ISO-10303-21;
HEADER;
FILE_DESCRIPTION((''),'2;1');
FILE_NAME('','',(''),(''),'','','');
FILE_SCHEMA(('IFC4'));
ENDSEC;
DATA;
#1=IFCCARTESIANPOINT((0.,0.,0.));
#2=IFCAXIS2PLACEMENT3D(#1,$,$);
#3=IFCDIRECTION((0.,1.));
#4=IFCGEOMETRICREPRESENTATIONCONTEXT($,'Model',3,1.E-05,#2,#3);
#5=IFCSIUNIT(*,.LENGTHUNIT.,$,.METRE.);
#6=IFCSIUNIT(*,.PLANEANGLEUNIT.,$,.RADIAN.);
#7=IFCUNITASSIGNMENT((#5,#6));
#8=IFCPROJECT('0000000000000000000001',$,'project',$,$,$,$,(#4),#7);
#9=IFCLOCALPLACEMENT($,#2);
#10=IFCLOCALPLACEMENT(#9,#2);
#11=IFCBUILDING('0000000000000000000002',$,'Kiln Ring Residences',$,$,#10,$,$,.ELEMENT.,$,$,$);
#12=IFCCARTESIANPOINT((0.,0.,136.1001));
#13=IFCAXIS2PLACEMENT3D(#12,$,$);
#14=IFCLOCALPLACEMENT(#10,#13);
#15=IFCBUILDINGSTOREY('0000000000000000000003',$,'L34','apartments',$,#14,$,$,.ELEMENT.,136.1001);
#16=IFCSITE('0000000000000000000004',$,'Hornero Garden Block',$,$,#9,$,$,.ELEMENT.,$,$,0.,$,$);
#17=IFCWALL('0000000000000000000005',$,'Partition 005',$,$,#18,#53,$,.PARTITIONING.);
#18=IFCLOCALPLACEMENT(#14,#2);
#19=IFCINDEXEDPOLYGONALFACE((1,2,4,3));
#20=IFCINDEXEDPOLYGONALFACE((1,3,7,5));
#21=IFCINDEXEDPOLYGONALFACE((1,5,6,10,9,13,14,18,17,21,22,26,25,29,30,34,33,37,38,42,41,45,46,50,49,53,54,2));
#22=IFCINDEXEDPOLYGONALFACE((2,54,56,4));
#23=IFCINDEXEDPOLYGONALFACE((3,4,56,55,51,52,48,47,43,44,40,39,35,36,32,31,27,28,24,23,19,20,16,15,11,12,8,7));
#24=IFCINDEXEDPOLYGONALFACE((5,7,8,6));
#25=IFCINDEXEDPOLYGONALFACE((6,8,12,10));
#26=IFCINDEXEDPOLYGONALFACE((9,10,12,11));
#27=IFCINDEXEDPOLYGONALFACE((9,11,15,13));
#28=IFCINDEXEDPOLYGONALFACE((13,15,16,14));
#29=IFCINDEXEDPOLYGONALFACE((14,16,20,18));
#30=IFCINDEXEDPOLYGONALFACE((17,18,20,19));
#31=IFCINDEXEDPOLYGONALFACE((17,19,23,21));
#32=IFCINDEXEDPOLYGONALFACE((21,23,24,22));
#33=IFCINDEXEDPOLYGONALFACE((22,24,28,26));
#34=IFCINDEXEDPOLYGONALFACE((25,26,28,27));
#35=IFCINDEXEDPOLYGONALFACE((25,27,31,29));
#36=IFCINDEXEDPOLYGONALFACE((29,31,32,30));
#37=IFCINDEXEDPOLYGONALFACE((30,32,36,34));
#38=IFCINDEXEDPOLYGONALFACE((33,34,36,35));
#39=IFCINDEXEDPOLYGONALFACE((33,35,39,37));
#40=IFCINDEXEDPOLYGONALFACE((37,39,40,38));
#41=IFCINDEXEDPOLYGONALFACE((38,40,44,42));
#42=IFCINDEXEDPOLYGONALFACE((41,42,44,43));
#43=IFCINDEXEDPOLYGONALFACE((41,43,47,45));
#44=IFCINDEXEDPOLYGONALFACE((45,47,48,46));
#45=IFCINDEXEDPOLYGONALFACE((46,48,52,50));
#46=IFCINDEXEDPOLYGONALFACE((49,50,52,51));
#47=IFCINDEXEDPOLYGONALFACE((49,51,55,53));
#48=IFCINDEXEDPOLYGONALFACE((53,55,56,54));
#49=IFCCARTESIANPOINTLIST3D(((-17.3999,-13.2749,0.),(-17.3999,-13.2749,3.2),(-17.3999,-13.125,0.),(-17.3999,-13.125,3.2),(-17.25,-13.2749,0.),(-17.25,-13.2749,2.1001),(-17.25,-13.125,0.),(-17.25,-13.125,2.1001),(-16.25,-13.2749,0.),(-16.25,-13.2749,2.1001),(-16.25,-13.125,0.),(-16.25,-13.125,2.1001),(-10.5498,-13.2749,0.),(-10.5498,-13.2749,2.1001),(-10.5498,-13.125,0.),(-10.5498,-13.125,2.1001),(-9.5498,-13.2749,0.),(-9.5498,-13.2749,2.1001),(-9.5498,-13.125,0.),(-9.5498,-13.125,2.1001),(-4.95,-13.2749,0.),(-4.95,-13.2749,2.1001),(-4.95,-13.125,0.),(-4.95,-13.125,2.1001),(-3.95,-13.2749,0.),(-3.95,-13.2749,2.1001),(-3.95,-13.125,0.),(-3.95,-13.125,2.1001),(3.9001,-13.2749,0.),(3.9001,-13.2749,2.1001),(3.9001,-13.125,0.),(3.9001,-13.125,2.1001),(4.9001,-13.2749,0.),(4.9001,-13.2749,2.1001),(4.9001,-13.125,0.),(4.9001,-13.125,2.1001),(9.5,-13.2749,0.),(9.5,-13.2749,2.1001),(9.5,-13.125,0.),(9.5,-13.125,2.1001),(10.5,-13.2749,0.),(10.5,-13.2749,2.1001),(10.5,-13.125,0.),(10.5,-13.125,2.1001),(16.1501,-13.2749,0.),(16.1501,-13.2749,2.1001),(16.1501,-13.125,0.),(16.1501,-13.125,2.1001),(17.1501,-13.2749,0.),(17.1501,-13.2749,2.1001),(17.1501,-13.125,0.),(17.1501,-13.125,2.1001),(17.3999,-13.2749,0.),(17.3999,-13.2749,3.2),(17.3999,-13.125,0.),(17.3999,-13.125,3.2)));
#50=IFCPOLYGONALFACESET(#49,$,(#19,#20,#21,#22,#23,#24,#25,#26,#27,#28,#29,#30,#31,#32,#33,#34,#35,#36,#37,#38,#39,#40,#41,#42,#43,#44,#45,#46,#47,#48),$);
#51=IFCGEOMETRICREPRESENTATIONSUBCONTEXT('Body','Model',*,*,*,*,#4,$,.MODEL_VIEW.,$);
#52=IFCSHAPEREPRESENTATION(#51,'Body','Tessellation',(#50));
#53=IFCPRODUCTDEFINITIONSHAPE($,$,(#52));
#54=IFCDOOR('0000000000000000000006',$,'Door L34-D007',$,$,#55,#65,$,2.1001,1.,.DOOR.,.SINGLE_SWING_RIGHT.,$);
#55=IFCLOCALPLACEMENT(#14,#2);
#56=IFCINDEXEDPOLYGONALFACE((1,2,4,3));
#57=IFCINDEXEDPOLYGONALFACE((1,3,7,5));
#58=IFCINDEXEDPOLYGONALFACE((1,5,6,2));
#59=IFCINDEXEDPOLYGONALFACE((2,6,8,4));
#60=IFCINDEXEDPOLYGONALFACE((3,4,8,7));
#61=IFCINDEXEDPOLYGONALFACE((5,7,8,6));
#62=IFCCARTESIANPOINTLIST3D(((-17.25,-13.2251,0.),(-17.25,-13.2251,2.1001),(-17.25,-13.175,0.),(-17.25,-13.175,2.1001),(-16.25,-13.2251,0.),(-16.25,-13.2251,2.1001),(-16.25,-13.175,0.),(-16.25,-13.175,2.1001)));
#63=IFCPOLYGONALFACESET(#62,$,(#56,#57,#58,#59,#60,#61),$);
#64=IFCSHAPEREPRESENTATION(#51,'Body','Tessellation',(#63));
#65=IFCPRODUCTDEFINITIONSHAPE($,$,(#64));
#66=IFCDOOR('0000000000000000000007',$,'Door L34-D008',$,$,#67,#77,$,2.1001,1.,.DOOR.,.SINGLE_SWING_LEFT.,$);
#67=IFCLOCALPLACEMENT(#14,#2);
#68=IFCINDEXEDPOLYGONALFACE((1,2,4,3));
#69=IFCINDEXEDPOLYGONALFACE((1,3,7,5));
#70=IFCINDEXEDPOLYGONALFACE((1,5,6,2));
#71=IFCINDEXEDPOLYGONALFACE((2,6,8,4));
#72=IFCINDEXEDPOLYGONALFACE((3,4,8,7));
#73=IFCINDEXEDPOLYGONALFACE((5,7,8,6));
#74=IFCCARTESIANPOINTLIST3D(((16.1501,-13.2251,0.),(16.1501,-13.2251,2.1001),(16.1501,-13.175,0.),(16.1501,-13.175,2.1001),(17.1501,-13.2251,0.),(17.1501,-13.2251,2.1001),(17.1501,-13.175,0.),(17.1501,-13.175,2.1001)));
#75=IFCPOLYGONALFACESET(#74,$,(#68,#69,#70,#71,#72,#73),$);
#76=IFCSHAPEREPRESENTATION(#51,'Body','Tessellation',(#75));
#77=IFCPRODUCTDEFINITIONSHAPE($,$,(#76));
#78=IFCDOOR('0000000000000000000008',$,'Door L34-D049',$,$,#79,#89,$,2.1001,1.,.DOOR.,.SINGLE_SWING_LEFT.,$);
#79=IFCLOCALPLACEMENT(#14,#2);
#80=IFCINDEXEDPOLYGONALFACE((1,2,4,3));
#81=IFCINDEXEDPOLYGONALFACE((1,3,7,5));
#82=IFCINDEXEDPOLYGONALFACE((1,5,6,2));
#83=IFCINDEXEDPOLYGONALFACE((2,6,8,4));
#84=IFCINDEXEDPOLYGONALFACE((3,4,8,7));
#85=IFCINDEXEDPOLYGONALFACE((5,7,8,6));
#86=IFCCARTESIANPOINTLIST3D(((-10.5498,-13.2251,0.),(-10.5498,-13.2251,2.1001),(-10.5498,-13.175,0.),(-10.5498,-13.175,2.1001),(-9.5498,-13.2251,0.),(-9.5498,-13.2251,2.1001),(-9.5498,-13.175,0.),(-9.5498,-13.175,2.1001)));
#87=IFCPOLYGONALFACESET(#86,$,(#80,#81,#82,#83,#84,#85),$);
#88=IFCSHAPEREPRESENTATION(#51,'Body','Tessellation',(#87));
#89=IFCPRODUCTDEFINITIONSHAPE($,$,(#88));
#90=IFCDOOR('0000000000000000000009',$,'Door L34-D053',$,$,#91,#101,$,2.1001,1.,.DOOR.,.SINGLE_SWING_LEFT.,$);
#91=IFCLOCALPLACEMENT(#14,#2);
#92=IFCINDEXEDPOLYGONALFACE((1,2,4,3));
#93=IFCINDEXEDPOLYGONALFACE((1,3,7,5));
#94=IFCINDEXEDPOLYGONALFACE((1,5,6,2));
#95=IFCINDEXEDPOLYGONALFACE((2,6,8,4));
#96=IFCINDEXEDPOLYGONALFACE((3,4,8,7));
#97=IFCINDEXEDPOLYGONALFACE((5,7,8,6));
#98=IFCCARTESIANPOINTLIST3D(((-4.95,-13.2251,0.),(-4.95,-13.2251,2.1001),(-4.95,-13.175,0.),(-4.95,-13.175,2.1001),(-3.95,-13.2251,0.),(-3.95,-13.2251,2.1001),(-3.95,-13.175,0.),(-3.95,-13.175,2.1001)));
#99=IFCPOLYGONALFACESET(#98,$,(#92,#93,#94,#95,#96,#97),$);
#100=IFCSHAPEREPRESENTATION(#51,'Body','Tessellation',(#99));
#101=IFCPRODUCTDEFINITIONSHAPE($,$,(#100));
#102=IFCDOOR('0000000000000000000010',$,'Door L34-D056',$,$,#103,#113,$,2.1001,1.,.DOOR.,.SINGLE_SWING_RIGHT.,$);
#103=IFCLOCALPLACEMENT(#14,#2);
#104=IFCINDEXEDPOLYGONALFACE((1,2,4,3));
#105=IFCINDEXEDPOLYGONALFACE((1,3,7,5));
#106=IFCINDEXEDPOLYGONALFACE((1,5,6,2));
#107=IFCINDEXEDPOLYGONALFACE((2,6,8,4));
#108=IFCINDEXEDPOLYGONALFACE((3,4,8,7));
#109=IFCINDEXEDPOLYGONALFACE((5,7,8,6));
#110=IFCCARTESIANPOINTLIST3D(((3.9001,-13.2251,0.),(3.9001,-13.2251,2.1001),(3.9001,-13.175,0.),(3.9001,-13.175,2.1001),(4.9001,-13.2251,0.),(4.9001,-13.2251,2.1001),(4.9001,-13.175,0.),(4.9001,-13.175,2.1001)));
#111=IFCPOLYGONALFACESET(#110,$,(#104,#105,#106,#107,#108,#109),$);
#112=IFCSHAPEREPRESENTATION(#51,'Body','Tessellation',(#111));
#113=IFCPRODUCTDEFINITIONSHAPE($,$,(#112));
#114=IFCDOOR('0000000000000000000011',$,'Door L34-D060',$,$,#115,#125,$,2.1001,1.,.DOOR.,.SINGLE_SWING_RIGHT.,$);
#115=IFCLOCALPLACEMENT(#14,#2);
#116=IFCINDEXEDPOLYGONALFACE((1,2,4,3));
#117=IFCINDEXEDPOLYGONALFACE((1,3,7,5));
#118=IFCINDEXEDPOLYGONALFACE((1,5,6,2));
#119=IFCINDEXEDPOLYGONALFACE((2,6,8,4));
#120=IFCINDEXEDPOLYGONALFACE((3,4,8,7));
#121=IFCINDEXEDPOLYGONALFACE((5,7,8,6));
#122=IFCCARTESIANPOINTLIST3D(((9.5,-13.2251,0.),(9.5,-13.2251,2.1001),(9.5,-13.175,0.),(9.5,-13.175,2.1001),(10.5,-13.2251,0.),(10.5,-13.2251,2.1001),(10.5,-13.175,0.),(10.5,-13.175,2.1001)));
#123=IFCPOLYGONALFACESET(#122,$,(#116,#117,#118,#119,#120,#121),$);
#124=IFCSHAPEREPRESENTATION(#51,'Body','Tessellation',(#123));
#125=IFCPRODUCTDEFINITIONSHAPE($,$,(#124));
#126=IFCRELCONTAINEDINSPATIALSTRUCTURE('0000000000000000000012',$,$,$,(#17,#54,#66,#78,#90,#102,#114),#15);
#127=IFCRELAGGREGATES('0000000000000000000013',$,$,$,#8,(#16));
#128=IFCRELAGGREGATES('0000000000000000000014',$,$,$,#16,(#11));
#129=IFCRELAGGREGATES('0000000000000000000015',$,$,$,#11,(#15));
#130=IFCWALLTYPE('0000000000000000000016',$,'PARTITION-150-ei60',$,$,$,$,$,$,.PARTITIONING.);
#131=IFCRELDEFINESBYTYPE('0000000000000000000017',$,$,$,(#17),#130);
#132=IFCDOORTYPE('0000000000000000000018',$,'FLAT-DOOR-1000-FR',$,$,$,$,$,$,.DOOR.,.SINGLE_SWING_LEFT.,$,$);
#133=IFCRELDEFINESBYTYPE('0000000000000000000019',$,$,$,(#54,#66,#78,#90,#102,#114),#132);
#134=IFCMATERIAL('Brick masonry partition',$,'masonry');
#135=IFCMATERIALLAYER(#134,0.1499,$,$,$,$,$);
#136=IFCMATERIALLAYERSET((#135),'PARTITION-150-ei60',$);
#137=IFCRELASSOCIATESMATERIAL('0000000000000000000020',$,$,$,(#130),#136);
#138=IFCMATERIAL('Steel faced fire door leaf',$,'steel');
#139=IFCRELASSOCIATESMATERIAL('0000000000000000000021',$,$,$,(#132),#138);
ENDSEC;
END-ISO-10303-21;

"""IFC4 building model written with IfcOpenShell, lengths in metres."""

from ifc_helpers import new_model, si_unit, direction, frame, frame_2d, origin, place, context, subcontext, project, spatial, rectangle, extrude, material, layer, layer_set, type_object, element, fill, save


model = new_model("IFC4")

# Units and contexts
model_context = context("Model", 3, precision=1e-05, world=origin(), true_north=direction((0.0, 1.0)))
body_context = subcontext(model_context, "Body", "Model", "MODEL_VIEW")
ifc_project = project(units=[si_unit("LENGTHUNIT", "METRE"), si_unit("PLANEANGLEUNIT", "RADIAN")], contexts=[model_context])

# Site, building, storey
site_placement = place(None, origin())
site = spatial("IfcSite", under=ifc_project, at=site_placement, Name="Hornero Garden Block", CompositionType="ELEMENT", RefElevation=0.0)
building_placement = place(site_placement, origin())
building = spatial("IfcBuilding", under=site, at=building_placement, Name="Kiln Ring Residences", CompositionType="ELEMENT")
storey_placement = place(building_placement, frame((0.0, 0.0, 136.1001)))
storey = spatial("IfcBuildingStorey", under=building, at=storey_placement, Name="L34", Description="apartments", CompositionType="ELEMENT", Elevation=136.1001)

# Wall, openings, doors
ifc_material_1 = material(Name="Brick masonry partition", Category="masonry")
ifc_layer_1 = layer(ifc_material_1, 0.1499)
ifc_layer_set_1 = layer_set([ifc_layer_1], Name="PARTITION-150-ei60")
wall_type_1 = type_object("IfcWallType", Name="PARTITION-150-ei60", PredefinedType="PARTITIONING", material=ifc_layer_set_1)
wall_1_placement = place(storey_placement, frame((-17.3999, -13.2, 0.0), z_axis=(0.0, 0.0, 1.0), x_axis=(1.0, 0.0, 0.0)))
wall_1 = element("IfcWall", 1, at=wall_1_placement, inside=storey, type_object=wall_type_1, Name="Partition 005", PredefinedType="PARTITIONING", context=body_context, shape_type="SweptSolid", body=[
    extrude(rectangle(XDim=34.7998, YDim=0.1499, at=frame_2d((17.3999, 0.0))), origin(), (0.0, 0.0, 1.0), 3.2),
])
opening_1_placement = place(wall_1_placement, frame((0.1499, 0.0, 0.0)))
opening_1 = element("IfcOpeningElement", 2, at=opening_1_placement, cuts=wall_1, PredefinedType="OPENING", context=body_context, shape_type="SweptSolid", body=[
    extrude(rectangle(XDim=1.0, YDim=2.1001, at=frame_2d((0.5, 1.05))), frame((0.0, 0.085, 0.0), z_axis=(0.0, -1.0, 0.0), x_axis=(1.0, 0.0, 0.0)), (0.0, 0.0, 1.0), 0.1699),
])
opening_2_placement = place(wall_1_placement, frame((33.55, 0.0, 0.0)))
opening_2 = element("IfcOpeningElement", 3, at=opening_2_placement, cuts=wall_1, PredefinedType="OPENING", context=body_context, shape_type="SweptSolid", body=[
    extrude(rectangle(XDim=1.0, YDim=2.1001, at=frame_2d((0.5, 1.05))), frame((0.0, 0.085, 0.0), z_axis=(0.0, -1.0, 0.0), x_axis=(1.0, 0.0, 0.0)), (0.0, 0.0, 1.0), 0.1699),
])
opening_3_placement = place(wall_1_placement, frame((6.8501, 0.0, 0.0)))
opening_3 = element("IfcOpeningElement", 4, at=opening_3_placement, cuts=wall_1, PredefinedType="OPENING", context=body_context, shape_type="SweptSolid", body=[
    extrude(rectangle(XDim=1.0, YDim=2.1001, at=frame_2d((0.5, 1.05))), frame((0.0, 0.085, 0.0), z_axis=(0.0, -1.0, 0.0), x_axis=(1.0, 0.0, 0.0)), (0.0, 0.0, 1.0), 0.1699),
])
opening_4_placement = place(wall_1_placement, frame((12.45, 0.0, 0.0)))
opening_4 = element("IfcOpeningElement", 5, at=opening_4_placement, cuts=wall_1, PredefinedType="OPENING", context=body_context, shape_type="SweptSolid", body=[
    extrude(rectangle(XDim=1.0, YDim=2.1001, at=frame_2d((0.5, 1.05))), frame((0.0, 0.085, 0.0), z_axis=(0.0, -1.0, 0.0), x_axis=(1.0, 0.0, 0.0)), (0.0, 0.0, 1.0), 0.1699),
])
opening_5_placement = place(wall_1_placement, frame((21.3, 0.0, 0.0)))
opening_5 = element("IfcOpeningElement", 6, at=opening_5_placement, cuts=wall_1, PredefinedType="OPENING", context=body_context, shape_type="SweptSolid", body=[
    extrude(rectangle(XDim=1.0, YDim=2.1001, at=frame_2d((0.5, 1.05))), frame((0.0, 0.085, 0.0), z_axis=(0.0, -1.0, 0.0), x_axis=(1.0, 0.0, 0.0)), (0.0, 0.0, 1.0), 0.1699),
])
opening_6_placement = place(wall_1_placement, frame((26.8999, 0.0, 0.0)))
opening_6 = element("IfcOpeningElement", 7, at=opening_6_placement, cuts=wall_1, PredefinedType="OPENING", context=body_context, shape_type="SweptSolid", body=[
    extrude(rectangle(XDim=1.0, YDim=2.1001, at=frame_2d((0.5, 1.05))), frame((0.0, 0.085, 0.0), z_axis=(0.0, -1.0, 0.0), x_axis=(1.0, 0.0, 0.0)), (0.0, 0.0, 1.0), 0.1699),
])
ifc_material_2 = material(Name="Steel faced fire door leaf", Category="steel")
door_type_1 = type_object("IfcDoorType", Name="FLAT-DOOR-1000-FR", OperationType="SINGLE_SWING_LEFT", PredefinedType="DOOR", material=ifc_material_2)
door_1_placement = place(opening_1_placement, origin())
door_1 = element("IfcDoor", 8, at=door_1_placement, inside=storey, type_object=door_type_1, Name="Door L34-D007", OperationType="SINGLE_SWING_RIGHT", OverallHeight=2.1001, OverallWidth=1.0, PredefinedType="DOOR", context=body_context, shape_type="SweptSolid", body=[
    extrude(rectangle(XDim=1.0, YDim=2.1001, at=frame_2d((0.5, 1.05))), frame((0.0, 0.0249, 0.0), z_axis=(0.0, -1.0, 0.0), x_axis=(1.0, 0.0, 0.0)), (0.0, 0.0, 1.0), 0.05),
])
fill(opening_1, door_1)
door_2_placement = place(opening_2_placement, origin())
door_2 = element("IfcDoor", 9, at=door_2_placement, inside=storey, type_object=door_type_1, Name="Door L34-D008", OperationType="SINGLE_SWING_LEFT", OverallHeight=2.1001, OverallWidth=1.0, PredefinedType="DOOR", context=body_context, shape_type="SweptSolid", body=[
    extrude(rectangle(XDim=1.0, YDim=2.1001, at=frame_2d((0.5, 1.05))), frame((0.0, 0.0249, 0.0), z_axis=(0.0, -1.0, 0.0), x_axis=(1.0, 0.0, 0.0)), (0.0, 0.0, 1.0), 0.05),
])
fill(opening_2, door_2)
door_3_placement = place(opening_3_placement, origin())
door_3 = element("IfcDoor", 10, at=door_3_placement, inside=storey, type_object=door_type_1, Name="Door L34-D049", OperationType="SINGLE_SWING_LEFT", OverallHeight=2.1001, OverallWidth=1.0, PredefinedType="DOOR", context=body_context, shape_type="SweptSolid", body=[
    extrude(rectangle(XDim=1.0, YDim=2.1001, at=frame_2d((0.5, 1.05))), frame((0.0, 0.0249, 0.0), z_axis=(0.0, -1.0, 0.0), x_axis=(1.0, 0.0, 0.0)), (0.0, 0.0, 1.0), 0.05),
])
fill(opening_3, door_3)
door_4_placement = place(opening_4_placement, origin())
door_4 = element("IfcDoor", 11, at=door_4_placement, inside=storey, type_object=door_type_1, Name="Door L34-D053", OperationType="SINGLE_SWING_LEFT", OverallHeight=2.1001, OverallWidth=1.0, PredefinedType="DOOR", context=body_context, shape_type="SweptSolid", body=[
    extrude(rectangle(XDim=1.0, YDim=2.1001, at=frame_2d((0.5, 1.05))), frame((0.0, 0.0249, 0.0), z_axis=(0.0, -1.0, 0.0), x_axis=(1.0, 0.0, 0.0)), (0.0, 0.0, 1.0), 0.05),
])
fill(opening_4, door_4)
door_5_placement = place(opening_5_placement, origin())
door_5 = element("IfcDoor", 12, at=door_5_placement, inside=storey, type_object=door_type_1, Name="Door L34-D056", OperationType="SINGLE_SWING_RIGHT", OverallHeight=2.1001, OverallWidth=1.0, PredefinedType="DOOR", context=body_context, shape_type="SweptSolid", body=[
    extrude(rectangle(XDim=1.0, YDim=2.1001, at=frame_2d((0.5, 1.05))), frame((0.0, 0.0249, 0.0), z_axis=(0.0, -1.0, 0.0), x_axis=(1.0, 0.0, 0.0)), (0.0, 0.0, 1.0), 0.05),
])
fill(opening_5, door_5)
door_6_placement = place(opening_6_placement, origin())
door_6 = element("IfcDoor", 13, at=door_6_placement, inside=storey, type_object=door_type_1, Name="Door L34-D060", OperationType="SINGLE_SWING_RIGHT", OverallHeight=2.1001, OverallWidth=1.0, PredefinedType="DOOR", context=body_context, shape_type="SweptSolid", body=[
    extrude(rectangle(XDim=1.0, YDim=2.1001, at=frame_2d((0.5, 1.05))), frame((0.0, 0.0249, 0.0), z_axis=(0.0, -1.0, 0.0), x_axis=(1.0, 0.0, 0.0)), (0.0, 0.0, 1.0), 0.05),
])
fill(opening_6, door_6)

save(model, "model.ifc")
